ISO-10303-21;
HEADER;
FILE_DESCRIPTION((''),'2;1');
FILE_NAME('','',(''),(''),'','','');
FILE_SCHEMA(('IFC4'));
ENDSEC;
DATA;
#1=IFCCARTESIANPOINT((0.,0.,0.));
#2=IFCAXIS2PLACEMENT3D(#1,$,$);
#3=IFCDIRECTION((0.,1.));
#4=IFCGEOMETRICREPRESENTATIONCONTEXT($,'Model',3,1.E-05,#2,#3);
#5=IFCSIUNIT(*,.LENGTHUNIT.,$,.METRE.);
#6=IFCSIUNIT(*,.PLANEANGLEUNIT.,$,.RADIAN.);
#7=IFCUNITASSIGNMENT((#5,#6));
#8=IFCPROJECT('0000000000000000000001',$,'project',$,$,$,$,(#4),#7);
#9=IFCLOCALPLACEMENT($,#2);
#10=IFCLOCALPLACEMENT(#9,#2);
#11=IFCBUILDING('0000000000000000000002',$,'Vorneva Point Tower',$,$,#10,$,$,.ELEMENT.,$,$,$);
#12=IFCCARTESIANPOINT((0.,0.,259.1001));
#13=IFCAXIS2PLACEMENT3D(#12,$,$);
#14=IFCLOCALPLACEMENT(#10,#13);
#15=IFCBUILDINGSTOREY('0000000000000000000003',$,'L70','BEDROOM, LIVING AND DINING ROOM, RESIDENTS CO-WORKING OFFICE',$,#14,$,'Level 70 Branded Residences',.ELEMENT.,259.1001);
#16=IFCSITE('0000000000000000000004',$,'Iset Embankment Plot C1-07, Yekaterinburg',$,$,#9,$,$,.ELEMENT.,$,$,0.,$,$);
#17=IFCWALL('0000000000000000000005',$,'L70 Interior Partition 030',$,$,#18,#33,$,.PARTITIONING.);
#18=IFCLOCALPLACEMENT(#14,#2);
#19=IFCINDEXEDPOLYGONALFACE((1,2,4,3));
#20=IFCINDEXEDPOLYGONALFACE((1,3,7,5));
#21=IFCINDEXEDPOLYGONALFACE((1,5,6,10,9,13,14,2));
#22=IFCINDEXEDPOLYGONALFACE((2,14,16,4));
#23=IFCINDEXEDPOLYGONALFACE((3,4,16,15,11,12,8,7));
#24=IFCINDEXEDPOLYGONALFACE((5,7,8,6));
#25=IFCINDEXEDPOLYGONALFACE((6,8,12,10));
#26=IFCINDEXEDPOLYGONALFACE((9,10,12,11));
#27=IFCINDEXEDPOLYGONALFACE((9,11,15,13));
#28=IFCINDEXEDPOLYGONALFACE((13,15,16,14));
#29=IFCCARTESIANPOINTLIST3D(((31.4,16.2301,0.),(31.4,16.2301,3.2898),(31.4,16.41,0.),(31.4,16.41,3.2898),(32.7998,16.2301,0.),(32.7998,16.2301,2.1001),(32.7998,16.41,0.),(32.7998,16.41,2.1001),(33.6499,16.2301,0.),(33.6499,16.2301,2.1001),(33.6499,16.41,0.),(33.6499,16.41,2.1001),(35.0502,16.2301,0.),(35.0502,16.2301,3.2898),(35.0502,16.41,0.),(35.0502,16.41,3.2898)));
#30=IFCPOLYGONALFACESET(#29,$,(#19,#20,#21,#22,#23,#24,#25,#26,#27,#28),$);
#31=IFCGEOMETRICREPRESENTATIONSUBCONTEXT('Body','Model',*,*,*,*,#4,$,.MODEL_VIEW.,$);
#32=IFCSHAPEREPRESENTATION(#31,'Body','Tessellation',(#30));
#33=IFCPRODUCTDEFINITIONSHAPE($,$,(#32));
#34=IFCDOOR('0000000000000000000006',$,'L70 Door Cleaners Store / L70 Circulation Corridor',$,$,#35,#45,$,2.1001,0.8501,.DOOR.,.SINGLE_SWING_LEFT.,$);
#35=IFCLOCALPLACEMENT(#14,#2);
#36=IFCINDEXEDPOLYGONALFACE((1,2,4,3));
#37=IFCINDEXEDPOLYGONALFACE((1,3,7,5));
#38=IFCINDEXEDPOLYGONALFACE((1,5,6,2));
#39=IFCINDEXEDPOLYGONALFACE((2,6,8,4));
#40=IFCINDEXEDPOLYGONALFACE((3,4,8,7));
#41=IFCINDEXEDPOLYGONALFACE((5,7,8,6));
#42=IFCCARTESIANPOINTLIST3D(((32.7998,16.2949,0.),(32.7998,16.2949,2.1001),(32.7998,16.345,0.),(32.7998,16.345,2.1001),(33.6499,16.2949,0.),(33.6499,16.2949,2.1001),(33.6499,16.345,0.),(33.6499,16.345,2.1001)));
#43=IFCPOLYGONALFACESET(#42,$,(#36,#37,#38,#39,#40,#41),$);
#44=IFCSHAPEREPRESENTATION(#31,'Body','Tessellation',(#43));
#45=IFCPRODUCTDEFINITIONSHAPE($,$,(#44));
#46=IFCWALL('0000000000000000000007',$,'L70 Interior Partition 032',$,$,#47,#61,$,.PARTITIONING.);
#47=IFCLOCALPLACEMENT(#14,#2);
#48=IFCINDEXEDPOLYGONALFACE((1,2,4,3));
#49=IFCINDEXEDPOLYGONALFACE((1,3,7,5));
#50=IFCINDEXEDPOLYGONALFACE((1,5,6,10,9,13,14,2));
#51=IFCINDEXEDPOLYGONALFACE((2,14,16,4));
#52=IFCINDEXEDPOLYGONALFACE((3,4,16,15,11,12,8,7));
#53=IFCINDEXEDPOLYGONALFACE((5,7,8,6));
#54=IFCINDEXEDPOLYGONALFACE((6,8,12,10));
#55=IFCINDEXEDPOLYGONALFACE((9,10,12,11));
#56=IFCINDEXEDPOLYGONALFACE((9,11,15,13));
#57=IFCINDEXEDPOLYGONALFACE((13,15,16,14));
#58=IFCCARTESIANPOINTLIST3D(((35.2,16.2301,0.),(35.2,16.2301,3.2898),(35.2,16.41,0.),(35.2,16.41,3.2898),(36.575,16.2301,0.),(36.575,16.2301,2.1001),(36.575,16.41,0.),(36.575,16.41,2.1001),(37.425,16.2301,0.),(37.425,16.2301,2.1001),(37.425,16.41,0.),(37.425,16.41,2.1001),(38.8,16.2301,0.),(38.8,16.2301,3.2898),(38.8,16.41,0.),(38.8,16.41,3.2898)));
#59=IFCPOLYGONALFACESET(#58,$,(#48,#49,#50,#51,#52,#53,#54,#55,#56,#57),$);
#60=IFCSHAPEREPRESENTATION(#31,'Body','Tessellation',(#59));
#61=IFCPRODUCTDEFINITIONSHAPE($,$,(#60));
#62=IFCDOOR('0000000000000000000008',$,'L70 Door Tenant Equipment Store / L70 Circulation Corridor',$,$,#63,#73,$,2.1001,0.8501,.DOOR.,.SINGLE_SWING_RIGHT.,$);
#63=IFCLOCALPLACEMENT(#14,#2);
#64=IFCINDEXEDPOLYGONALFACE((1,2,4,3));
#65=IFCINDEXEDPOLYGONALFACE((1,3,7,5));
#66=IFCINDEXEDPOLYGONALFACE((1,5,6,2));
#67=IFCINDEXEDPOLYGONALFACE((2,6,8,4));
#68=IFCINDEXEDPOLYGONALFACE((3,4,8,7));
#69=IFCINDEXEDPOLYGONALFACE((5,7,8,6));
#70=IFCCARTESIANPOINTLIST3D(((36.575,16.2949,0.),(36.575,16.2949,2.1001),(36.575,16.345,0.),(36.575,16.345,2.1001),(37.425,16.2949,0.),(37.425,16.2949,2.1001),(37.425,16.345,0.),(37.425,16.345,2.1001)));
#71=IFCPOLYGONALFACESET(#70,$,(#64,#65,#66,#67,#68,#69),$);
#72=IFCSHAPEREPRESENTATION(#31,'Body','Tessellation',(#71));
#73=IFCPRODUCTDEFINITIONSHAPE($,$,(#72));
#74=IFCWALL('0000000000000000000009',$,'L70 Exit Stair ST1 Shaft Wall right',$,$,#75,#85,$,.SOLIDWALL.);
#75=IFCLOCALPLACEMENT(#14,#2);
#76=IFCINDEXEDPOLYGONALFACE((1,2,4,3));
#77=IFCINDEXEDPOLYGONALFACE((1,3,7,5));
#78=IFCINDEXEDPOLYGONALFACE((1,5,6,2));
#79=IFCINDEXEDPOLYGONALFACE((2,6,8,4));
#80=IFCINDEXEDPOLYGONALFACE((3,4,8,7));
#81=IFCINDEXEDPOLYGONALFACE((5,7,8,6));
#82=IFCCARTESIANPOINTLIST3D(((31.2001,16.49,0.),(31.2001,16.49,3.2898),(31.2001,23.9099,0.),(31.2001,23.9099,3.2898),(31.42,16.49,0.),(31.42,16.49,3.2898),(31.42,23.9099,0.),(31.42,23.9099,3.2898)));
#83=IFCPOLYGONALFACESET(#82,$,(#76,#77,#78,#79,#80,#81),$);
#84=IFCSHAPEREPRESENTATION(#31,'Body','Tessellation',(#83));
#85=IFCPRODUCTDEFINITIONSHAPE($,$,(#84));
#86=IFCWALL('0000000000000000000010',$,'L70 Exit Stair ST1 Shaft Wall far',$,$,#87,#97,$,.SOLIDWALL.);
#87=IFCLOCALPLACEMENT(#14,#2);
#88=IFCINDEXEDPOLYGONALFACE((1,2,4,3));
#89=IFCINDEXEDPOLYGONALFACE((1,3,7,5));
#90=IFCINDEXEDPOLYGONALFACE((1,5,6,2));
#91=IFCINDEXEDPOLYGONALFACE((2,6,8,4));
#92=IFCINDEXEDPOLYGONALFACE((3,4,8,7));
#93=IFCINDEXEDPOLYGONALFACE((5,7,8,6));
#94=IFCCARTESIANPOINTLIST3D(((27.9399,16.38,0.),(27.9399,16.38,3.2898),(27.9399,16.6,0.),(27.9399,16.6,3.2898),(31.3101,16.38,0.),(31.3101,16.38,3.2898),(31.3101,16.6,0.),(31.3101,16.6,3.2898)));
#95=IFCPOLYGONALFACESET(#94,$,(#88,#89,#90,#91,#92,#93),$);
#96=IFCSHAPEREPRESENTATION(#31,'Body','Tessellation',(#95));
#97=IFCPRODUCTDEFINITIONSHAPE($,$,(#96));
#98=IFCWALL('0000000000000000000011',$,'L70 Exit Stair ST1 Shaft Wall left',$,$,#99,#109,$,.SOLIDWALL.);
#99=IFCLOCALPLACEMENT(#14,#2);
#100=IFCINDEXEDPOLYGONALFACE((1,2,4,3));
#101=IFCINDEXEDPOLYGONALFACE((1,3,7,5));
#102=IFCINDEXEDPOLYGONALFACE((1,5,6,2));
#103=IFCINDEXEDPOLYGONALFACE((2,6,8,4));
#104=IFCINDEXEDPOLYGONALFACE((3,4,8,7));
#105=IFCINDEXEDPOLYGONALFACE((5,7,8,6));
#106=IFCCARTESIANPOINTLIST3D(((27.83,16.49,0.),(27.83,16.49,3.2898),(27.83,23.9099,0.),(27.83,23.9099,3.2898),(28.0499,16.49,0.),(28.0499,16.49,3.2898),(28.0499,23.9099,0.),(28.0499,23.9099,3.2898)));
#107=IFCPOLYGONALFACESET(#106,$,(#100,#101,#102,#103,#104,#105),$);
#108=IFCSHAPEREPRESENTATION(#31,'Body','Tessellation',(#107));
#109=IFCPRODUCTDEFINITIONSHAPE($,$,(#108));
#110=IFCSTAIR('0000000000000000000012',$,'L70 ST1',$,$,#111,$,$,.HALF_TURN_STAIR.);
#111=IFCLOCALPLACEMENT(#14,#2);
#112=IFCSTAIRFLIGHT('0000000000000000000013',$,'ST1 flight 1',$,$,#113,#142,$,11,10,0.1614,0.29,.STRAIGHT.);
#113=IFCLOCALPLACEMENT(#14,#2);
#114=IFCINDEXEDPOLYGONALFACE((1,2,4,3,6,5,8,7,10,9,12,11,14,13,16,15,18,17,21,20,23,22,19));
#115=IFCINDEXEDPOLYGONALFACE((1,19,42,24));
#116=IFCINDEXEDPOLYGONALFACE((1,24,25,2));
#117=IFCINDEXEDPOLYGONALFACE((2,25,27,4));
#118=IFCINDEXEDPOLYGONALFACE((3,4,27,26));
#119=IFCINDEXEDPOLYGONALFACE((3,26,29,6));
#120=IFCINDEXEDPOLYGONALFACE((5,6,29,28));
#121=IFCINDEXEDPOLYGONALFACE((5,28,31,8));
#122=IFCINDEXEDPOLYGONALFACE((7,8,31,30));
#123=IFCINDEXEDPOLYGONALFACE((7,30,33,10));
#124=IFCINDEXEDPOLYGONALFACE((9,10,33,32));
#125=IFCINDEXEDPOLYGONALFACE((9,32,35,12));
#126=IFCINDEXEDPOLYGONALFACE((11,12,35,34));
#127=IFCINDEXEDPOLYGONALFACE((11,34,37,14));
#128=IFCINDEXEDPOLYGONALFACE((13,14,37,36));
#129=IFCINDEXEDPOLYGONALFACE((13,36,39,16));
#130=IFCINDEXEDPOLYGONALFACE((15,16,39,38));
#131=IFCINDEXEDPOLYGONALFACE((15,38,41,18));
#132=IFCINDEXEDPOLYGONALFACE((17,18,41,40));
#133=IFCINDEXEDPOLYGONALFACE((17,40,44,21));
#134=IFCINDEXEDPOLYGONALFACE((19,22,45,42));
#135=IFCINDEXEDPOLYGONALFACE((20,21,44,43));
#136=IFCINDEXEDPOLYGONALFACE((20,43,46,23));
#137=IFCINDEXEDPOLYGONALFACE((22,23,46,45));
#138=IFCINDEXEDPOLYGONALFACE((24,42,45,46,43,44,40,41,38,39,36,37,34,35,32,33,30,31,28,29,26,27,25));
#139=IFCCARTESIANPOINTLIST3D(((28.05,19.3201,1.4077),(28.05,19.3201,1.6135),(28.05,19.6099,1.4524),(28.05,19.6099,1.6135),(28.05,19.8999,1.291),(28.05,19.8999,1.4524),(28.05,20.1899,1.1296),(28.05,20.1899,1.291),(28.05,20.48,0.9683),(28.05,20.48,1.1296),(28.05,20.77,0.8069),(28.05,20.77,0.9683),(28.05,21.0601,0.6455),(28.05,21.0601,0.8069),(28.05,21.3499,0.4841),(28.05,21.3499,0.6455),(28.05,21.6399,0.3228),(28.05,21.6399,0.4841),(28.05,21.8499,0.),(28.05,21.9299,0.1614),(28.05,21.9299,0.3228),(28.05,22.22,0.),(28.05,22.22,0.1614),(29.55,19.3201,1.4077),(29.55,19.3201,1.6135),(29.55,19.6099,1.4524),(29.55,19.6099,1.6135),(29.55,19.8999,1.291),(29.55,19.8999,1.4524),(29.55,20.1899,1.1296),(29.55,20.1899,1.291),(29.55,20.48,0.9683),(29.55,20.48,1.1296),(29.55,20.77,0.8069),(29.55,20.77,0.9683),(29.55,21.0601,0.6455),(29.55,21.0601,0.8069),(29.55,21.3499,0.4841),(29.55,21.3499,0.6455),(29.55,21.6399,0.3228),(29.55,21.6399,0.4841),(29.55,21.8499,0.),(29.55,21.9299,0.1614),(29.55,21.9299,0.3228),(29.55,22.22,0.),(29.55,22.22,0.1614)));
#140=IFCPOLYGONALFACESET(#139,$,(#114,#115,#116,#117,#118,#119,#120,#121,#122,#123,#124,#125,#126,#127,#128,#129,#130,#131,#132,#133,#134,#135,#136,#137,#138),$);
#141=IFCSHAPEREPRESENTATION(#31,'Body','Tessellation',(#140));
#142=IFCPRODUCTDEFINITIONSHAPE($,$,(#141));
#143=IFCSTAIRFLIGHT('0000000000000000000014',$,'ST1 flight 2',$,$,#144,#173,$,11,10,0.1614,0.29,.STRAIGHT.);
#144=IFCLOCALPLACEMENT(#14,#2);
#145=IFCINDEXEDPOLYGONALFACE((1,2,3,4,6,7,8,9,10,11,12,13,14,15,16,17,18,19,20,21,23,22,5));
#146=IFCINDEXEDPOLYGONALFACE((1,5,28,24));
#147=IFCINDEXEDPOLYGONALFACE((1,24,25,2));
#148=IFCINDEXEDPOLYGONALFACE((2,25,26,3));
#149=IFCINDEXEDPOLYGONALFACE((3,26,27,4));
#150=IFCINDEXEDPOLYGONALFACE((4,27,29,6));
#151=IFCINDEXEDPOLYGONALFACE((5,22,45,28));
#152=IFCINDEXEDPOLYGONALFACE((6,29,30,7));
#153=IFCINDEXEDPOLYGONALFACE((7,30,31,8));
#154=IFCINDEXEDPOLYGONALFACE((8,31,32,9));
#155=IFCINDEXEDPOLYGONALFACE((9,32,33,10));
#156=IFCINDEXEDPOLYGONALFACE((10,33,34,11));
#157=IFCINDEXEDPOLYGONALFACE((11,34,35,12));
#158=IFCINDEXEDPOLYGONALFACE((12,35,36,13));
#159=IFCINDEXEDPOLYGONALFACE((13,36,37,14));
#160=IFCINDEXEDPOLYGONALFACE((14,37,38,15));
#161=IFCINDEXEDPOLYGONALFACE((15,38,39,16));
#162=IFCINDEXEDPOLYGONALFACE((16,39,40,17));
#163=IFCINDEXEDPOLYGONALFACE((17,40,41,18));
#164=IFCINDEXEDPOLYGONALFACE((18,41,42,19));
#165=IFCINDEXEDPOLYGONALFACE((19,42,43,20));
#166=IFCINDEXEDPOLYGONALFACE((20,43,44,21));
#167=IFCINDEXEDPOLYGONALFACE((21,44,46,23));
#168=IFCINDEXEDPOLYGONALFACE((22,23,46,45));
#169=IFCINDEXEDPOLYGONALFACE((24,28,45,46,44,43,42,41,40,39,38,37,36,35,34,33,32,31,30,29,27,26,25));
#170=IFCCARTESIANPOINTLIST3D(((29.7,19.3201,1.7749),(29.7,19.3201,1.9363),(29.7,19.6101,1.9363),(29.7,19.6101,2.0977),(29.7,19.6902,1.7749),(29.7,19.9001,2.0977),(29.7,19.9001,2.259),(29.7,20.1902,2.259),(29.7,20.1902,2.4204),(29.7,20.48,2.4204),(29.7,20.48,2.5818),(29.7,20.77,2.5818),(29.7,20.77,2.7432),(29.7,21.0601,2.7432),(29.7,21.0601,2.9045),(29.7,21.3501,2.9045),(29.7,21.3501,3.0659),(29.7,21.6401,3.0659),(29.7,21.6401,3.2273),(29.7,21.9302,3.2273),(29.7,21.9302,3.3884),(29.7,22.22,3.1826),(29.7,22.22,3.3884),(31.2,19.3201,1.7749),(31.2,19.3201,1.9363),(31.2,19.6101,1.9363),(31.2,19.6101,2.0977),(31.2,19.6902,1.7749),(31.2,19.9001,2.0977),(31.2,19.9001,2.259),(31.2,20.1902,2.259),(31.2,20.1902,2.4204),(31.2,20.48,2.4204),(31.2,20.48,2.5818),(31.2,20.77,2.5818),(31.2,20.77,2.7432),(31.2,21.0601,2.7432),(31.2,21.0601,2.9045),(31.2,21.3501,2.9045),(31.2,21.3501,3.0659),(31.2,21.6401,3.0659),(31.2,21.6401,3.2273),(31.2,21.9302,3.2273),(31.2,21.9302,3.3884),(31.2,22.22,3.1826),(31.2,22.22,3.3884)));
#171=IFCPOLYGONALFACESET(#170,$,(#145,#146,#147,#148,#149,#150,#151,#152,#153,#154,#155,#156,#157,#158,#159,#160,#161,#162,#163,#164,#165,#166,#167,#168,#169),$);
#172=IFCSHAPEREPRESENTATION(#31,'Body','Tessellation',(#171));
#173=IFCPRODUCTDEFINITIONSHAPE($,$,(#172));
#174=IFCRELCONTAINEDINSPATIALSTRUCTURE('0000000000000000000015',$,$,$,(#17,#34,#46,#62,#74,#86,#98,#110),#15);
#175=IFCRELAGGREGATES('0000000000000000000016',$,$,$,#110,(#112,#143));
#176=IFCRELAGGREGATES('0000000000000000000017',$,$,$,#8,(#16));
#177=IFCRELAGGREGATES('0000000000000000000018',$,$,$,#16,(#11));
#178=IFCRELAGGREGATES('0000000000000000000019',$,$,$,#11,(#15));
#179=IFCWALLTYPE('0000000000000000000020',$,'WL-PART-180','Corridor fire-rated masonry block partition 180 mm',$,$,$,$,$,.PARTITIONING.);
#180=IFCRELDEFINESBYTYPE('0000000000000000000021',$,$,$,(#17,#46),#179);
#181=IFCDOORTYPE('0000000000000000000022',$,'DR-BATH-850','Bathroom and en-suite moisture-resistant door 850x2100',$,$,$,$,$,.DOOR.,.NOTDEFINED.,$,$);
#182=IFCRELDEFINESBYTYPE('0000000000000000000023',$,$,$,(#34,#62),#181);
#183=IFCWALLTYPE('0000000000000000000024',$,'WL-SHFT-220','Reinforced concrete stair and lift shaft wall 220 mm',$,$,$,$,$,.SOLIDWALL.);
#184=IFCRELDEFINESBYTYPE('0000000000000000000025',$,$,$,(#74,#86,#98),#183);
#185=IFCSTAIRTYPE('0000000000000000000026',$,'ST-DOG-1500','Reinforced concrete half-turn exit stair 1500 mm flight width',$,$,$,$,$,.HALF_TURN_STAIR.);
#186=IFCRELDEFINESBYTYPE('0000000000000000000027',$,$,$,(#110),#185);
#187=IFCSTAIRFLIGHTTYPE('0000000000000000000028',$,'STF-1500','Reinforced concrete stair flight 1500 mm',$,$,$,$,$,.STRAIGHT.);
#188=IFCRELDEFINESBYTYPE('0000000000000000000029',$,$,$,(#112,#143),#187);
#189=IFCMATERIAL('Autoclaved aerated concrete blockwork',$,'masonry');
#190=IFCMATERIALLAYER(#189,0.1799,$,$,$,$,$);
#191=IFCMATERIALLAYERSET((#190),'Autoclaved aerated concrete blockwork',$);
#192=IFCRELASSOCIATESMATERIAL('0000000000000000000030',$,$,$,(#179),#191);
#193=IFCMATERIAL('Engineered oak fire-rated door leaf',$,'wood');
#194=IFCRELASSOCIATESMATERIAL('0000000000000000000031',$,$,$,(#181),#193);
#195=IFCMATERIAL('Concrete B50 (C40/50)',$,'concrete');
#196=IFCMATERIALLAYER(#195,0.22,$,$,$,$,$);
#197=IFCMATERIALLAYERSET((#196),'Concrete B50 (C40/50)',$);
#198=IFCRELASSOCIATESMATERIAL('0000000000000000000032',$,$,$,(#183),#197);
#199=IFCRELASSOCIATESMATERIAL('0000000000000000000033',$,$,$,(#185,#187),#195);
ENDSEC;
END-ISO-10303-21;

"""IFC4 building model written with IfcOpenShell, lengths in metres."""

from ifc_helpers import new_model, si_unit, direction, frame, frame_2d, origin, place, context, subcontext, project, spatial, polyline, rectangle, outline, extrude, material, layer, layer_set, type_object, element, fill, aggregate, save


model = new_model("IFC4")

# Units and contexts
model_context = context("Model", 3, precision=1e-05, world=origin(), true_north=direction((0.0, 1.0)))
body_context = subcontext(model_context, "Body", "Model", "MODEL_VIEW")
ifc_project = project(units=[si_unit("LENGTHUNIT", "METRE"), si_unit("PLANEANGLEUNIT", "RADIAN")], contexts=[model_context])

# Site, building, storey
site_placement = place(None, origin())
site = spatial("IfcSite", under=ifc_project, at=site_placement, Name="Iset Embankment Plot C1-07, Yekaterinburg", CompositionType="ELEMENT", RefElevation=0.0)
building_placement = place(site_placement, origin())
building = spatial("IfcBuilding", under=site, at=building_placement, Name="Vorneva Point Tower", CompositionType="ELEMENT")
storey_placement = place(building_placement, frame((0.0, 0.0, 259.1001)))
storey = spatial("IfcBuildingStorey", under=building, at=storey_placement, Name="L70", Description="BEDROOM, LIVING AND DINING ROOM, RESIDENTS CO-WORKING OFFICE", LongName="Level 70 Branded Residences", CompositionType="ELEMENT", Elevation=259.1001)

# Shared definitions
ifc_material_1 = material(Name="Concrete B50 (C40/50)", Category="concrete")

# Walls, openings, doors
ifc_material_2 = material(Name="Autoclaved aerated concrete blockwork", Category="masonry")
ifc_layer_1 = layer(ifc_material_2, 0.1799)
ifc_layer_set_1 = layer_set([ifc_layer_1], Name="Autoclaved aerated concrete blockwork")
wall_type_1 = type_object("IfcWallType", Name="WL-PART-180", Description="Corridor fire-rated masonry block partition 180 mm", PredefinedType="PARTITIONING", material=ifc_layer_set_1)
ifc_material_3 = material(Name="Engineered oak fire-rated door leaf", Category="wood")
door_type_1 = type_object("IfcDoorType", Name="DR-BATH-850", Description="Bathroom and en-suite moisture-resistant door 850x2100", OperationType="NOTDEFINED", PredefinedType="DOOR", material=ifc_material_3)
wall_1_placement = place(storey_placement, frame((31.3999, 16.3201, 0.0), z_axis=(0.0, 0.0, 1.0), x_axis=(1.0, 0.0, 0.0)))
wall_1 = element("IfcWall", 1, at=wall_1_placement, inside=storey, type_object=wall_type_1, Name="L70 Interior Partition 030", PredefinedType="PARTITIONING", context=body_context, shape_type="SweptSolid", body=[
    extrude(rectangle(XDim=3.6501, YDim=0.1799, at=frame_2d((1.8252, 0.0))), origin(), (0.0, 0.0, 1.0), 3.2898),
])
opening_1_placement = place(wall_1_placement, frame((1.3999, 0.0, 0.0)))
opening_1 = element("IfcOpeningElement", 2, at=opening_1_placement, cuts=wall_1, PredefinedType="OPENING", context=body_context, shape_type="SweptSolid", body=[
    extrude(rectangle(XDim=0.8501, YDim=2.1001, at=frame_2d((0.425, 1.05))), frame((0.0, 0.105, 0.0), z_axis=(0.0, -1.0, 0.0), x_axis=(1.0, 0.0, 0.0)), (0.0, 0.0, 1.0), 0.2097),
])
door_1_placement = place(opening_1_placement, origin())
door_1 = element("IfcDoor", 3, at=door_1_placement, inside=storey, type_object=door_type_1, Name="L70 Door Cleaners Store / L70 Circulation Corridor", OperationType="SINGLE_SWING_LEFT", OverallHeight=2.1001, OverallWidth=0.8501, PredefinedType="DOOR", context=body_context, shape_type="SweptSolid", body=[
    extrude(rectangle(XDim=0.8501, YDim=2.1001, at=frame_2d((0.425, 1.05))), frame((0.0, 0.0249, 0.0), z_axis=(0.0, -1.0, 0.0), x_axis=(1.0, 0.0, 0.0)), (0.0, 0.0, 1.0), 0.05),
])
fill(opening_1, door_1)
wall_2_placement = place(storey_placement, frame((35.2, 16.3201, 0.0), z_axis=(0.0, 0.0, 1.0), x_axis=(1.0, 0.0, 0.0)))
wall_2 = element("IfcWall", 4, at=wall_2_placement, inside=storey, type_object=wall_type_1, Name="L70 Interior Partition 032", PredefinedType="PARTITIONING", context=body_context, shape_type="SweptSolid", body=[
    extrude(rectangle(XDim=3.6001, YDim=0.1799, at=frame_2d((1.8, 0.0))), origin(), (0.0, 0.0, 1.0), 3.2898),
])
opening_2_placement = place(wall_2_placement, frame((1.375, 0.0, 0.0)))
opening_2 = element("IfcOpeningElement", 5, at=opening_2_placement, cuts=wall_2, PredefinedType="OPENING", context=body_context, shape_type="SweptSolid", body=[
    extrude(rectangle(XDim=0.8501, YDim=2.1001, at=frame_2d((0.425, 1.05))), frame((0.0, 0.105, 0.0), z_axis=(0.0, -1.0, 0.0), x_axis=(1.0, 0.0, 0.0)), (0.0, 0.0, 1.0), 0.2097),
])
door_2_placement = place(opening_2_placement, origin())
door_2 = element("IfcDoor", 6, at=door_2_placement, inside=storey, type_object=door_type_1, Name="L70 Door Tenant Equipment Store / L70 Circulation Corridor", OperationType="SINGLE_SWING_RIGHT", OverallHeight=2.1001, OverallWidth=0.8501, PredefinedType="DOOR", context=body_context, shape_type="SweptSolid", body=[
    extrude(rectangle(XDim=0.8501, YDim=2.1001, at=frame_2d((0.425, 1.05))), frame((0.0, 0.0249, 0.0), z_axis=(0.0, -1.0, 0.0), x_axis=(1.0, 0.0, 0.0)), (0.0, 0.0, 1.0), 0.05),
])
fill(opening_2, door_2)
ifc_layer_2 = layer(ifc_material_1, 0.22)
ifc_layer_set_2 = layer_set([ifc_layer_2], Name="Concrete B50 (C40/50)")
wall_type_2 = type_object("IfcWallType", Name="WL-SHFT-220", Description="Reinforced concrete stair and lift shaft wall 220 mm", PredefinedType="SOLIDWALL", material=ifc_layer_set_2)

# Walls
wall_3_placement = place(storey_placement, frame((31.3101, 23.9099, 0.0), z_axis=(0.0, 0.0, 1.0), x_axis=(0.0, -1.0, 0.0)))
element("IfcWall", 7, at=wall_3_placement, inside=storey, type_object=wall_type_2, Name="L70 Exit Stair ST1 Shaft Wall right", PredefinedType="SOLIDWALL", context=body_context, shape_type="SweptSolid", body=[
    extrude(rectangle(XDim=7.4199, YDim=0.22, at=frame_2d((3.71, 0.0))), origin(), (0.0, 0.0, 1.0), 3.2898),
])
wall_4_placement = place(storey_placement, frame((31.3101, 16.49, 0.0), z_axis=(0.0, 0.0, 1.0), x_axis=(-1.0, 0.0, 0.0)))
element("IfcWall", 8, at=wall_4_placement, inside=storey, type_object=wall_type_2, Name="L70 Exit Stair ST1 Shaft Wall far", PredefinedType="SOLIDWALL", context=body_context, shape_type="SweptSolid", body=[
    extrude(rectangle(XDim=3.3701, YDim=0.22, at=frame_2d((1.6851, 0.0))), origin(), (0.0, 0.0, 1.0), 3.2898),
])
wall_5_placement = place(storey_placement, frame((27.9399, 16.49, 0.0), z_axis=(0.0, 0.0, 1.0), x_axis=(0.0, 1.0, 0.0)))
element("IfcWall", 9, at=wall_5_placement, inside=storey, type_object=wall_type_2, Name="L70 Exit Stair ST1 Shaft Wall left", PredefinedType="SOLIDWALL", context=body_context, shape_type="SweptSolid", body=[
    extrude(rectangle(XDim=7.4199, YDim=0.22, at=frame_2d((3.71, 0.0))), origin(), (0.0, 0.0, 1.0), 3.2898),
])

# Stair, stair flights
stair_type = type_object("IfcStairType", Name="ST-DOG-1500", Description="Reinforced concrete half-turn exit stair 1500 mm flight width", PredefinedType="HALF_TURN_STAIR", material=ifc_material_1)
stair_placement = place(storey_placement, origin())
stair = element("IfcStair", 10, at=stair_placement, inside=storey, type_object=stair_type, Name="L70 ST1", PredefinedType="HALF_TURN_STAIR")
stair_flight_type = type_object("IfcStairFlightType", Name="STF-1500", Description="Reinforced concrete stair flight 1500 mm", PredefinedType="STRAIGHT", material=ifc_material_1)
stair_flight_1_placement = place(storey_placement, frame((28.8, 22.22, 0.0), z_axis=(0.0, 0.0, 1.0), x_axis=(0.0, -1.0, 0.0)))
stair_flight_1 = element("IfcStairFlight", 11, at=stair_flight_1_placement, type_object=stair_flight_type, Name="ST1 flight 1", NumberOfRisers=11, NumberOfTreads=10, PredefinedType="STRAIGHT", RiserHeight=0.1614, TreadLength=0.29, context=body_context, shape_type="SweptSolid", body=[
    extrude(outline(polyline([(0.0, 0.0), (0.0, 0.1614), (0.29, 0.1614), (0.29, 0.3228), (0.5801, 0.3228), (0.5801, 0.4841), (0.8701, 0.4841), (0.8701, 0.6455), (1.1599, 0.6455), (1.1599, 0.8069), (1.45, 0.8069), (1.45, 0.9683), (1.74, 0.9683), (1.74, 1.1296), (2.03, 1.1296), (2.03, 1.291), (2.3201, 1.291), (2.3201, 1.4524), (2.6101, 1.4524), (2.6101, 1.6135), (2.8999, 1.6135), (2.8999, 1.7749), (2.8999, 1.4077), (0.3701, 0.0), (0.0, 0.0)])), frame((0.0, 0.75, 0.0), z_axis=(0.0, -1.0, 0.0), x_axis=(1.0, 0.0, 0.0)), (0.0, 0.0, 1.0), 1.5),
])
stair_flight_2_placement = place(storey_placement, frame((30.45, 19.3201, 1.7749), z_axis=(0.0, 0.0, 1.0), x_axis=(0.0, 1.0, 0.0)))
stair_flight_2 = element("IfcStairFlight", 12, at=stair_flight_2_placement, type_object=stair_flight_type, Name="ST1 flight 2", NumberOfRisers=11, NumberOfTreads=10, PredefinedType="STRAIGHT", RiserHeight=0.1614, TreadLength=0.29, context=body_context, shape_type="SweptSolid", body=[
    extrude(outline(polyline([(0.0, 0.0), (0.0, 0.1614), (0.29, 0.1614), (0.29, 0.3228), (0.5801, 0.3228), (0.5801, 0.4841), (0.8701, 0.4841), (0.8701, 0.6455), (1.1599, 0.6455), (1.1599, 0.8069), (1.45, 0.8069), (1.45, 0.9683), (1.74, 0.9683), (1.74, 1.1296), (2.03, 1.1296), (2.03, 1.291), (2.3201, 1.291), (2.3201, 1.4524), (2.6101, 1.4524), (2.6101, 1.6135), (2.8999, 1.6135), (2.8999, 1.7749), (2.8999, 1.4077), (0.3701, 0.0), (0.0, 0.0)])), frame((0.0, 0.75, 0.0), z_axis=(0.0, -1.0, 0.0), x_axis=(1.0, 0.0, 0.0)), (0.0, 0.0, 1.0), 1.5),
])
aggregate(stair, [stair_flight_1, stair_flight_2])

save(model, "model.ifc")
